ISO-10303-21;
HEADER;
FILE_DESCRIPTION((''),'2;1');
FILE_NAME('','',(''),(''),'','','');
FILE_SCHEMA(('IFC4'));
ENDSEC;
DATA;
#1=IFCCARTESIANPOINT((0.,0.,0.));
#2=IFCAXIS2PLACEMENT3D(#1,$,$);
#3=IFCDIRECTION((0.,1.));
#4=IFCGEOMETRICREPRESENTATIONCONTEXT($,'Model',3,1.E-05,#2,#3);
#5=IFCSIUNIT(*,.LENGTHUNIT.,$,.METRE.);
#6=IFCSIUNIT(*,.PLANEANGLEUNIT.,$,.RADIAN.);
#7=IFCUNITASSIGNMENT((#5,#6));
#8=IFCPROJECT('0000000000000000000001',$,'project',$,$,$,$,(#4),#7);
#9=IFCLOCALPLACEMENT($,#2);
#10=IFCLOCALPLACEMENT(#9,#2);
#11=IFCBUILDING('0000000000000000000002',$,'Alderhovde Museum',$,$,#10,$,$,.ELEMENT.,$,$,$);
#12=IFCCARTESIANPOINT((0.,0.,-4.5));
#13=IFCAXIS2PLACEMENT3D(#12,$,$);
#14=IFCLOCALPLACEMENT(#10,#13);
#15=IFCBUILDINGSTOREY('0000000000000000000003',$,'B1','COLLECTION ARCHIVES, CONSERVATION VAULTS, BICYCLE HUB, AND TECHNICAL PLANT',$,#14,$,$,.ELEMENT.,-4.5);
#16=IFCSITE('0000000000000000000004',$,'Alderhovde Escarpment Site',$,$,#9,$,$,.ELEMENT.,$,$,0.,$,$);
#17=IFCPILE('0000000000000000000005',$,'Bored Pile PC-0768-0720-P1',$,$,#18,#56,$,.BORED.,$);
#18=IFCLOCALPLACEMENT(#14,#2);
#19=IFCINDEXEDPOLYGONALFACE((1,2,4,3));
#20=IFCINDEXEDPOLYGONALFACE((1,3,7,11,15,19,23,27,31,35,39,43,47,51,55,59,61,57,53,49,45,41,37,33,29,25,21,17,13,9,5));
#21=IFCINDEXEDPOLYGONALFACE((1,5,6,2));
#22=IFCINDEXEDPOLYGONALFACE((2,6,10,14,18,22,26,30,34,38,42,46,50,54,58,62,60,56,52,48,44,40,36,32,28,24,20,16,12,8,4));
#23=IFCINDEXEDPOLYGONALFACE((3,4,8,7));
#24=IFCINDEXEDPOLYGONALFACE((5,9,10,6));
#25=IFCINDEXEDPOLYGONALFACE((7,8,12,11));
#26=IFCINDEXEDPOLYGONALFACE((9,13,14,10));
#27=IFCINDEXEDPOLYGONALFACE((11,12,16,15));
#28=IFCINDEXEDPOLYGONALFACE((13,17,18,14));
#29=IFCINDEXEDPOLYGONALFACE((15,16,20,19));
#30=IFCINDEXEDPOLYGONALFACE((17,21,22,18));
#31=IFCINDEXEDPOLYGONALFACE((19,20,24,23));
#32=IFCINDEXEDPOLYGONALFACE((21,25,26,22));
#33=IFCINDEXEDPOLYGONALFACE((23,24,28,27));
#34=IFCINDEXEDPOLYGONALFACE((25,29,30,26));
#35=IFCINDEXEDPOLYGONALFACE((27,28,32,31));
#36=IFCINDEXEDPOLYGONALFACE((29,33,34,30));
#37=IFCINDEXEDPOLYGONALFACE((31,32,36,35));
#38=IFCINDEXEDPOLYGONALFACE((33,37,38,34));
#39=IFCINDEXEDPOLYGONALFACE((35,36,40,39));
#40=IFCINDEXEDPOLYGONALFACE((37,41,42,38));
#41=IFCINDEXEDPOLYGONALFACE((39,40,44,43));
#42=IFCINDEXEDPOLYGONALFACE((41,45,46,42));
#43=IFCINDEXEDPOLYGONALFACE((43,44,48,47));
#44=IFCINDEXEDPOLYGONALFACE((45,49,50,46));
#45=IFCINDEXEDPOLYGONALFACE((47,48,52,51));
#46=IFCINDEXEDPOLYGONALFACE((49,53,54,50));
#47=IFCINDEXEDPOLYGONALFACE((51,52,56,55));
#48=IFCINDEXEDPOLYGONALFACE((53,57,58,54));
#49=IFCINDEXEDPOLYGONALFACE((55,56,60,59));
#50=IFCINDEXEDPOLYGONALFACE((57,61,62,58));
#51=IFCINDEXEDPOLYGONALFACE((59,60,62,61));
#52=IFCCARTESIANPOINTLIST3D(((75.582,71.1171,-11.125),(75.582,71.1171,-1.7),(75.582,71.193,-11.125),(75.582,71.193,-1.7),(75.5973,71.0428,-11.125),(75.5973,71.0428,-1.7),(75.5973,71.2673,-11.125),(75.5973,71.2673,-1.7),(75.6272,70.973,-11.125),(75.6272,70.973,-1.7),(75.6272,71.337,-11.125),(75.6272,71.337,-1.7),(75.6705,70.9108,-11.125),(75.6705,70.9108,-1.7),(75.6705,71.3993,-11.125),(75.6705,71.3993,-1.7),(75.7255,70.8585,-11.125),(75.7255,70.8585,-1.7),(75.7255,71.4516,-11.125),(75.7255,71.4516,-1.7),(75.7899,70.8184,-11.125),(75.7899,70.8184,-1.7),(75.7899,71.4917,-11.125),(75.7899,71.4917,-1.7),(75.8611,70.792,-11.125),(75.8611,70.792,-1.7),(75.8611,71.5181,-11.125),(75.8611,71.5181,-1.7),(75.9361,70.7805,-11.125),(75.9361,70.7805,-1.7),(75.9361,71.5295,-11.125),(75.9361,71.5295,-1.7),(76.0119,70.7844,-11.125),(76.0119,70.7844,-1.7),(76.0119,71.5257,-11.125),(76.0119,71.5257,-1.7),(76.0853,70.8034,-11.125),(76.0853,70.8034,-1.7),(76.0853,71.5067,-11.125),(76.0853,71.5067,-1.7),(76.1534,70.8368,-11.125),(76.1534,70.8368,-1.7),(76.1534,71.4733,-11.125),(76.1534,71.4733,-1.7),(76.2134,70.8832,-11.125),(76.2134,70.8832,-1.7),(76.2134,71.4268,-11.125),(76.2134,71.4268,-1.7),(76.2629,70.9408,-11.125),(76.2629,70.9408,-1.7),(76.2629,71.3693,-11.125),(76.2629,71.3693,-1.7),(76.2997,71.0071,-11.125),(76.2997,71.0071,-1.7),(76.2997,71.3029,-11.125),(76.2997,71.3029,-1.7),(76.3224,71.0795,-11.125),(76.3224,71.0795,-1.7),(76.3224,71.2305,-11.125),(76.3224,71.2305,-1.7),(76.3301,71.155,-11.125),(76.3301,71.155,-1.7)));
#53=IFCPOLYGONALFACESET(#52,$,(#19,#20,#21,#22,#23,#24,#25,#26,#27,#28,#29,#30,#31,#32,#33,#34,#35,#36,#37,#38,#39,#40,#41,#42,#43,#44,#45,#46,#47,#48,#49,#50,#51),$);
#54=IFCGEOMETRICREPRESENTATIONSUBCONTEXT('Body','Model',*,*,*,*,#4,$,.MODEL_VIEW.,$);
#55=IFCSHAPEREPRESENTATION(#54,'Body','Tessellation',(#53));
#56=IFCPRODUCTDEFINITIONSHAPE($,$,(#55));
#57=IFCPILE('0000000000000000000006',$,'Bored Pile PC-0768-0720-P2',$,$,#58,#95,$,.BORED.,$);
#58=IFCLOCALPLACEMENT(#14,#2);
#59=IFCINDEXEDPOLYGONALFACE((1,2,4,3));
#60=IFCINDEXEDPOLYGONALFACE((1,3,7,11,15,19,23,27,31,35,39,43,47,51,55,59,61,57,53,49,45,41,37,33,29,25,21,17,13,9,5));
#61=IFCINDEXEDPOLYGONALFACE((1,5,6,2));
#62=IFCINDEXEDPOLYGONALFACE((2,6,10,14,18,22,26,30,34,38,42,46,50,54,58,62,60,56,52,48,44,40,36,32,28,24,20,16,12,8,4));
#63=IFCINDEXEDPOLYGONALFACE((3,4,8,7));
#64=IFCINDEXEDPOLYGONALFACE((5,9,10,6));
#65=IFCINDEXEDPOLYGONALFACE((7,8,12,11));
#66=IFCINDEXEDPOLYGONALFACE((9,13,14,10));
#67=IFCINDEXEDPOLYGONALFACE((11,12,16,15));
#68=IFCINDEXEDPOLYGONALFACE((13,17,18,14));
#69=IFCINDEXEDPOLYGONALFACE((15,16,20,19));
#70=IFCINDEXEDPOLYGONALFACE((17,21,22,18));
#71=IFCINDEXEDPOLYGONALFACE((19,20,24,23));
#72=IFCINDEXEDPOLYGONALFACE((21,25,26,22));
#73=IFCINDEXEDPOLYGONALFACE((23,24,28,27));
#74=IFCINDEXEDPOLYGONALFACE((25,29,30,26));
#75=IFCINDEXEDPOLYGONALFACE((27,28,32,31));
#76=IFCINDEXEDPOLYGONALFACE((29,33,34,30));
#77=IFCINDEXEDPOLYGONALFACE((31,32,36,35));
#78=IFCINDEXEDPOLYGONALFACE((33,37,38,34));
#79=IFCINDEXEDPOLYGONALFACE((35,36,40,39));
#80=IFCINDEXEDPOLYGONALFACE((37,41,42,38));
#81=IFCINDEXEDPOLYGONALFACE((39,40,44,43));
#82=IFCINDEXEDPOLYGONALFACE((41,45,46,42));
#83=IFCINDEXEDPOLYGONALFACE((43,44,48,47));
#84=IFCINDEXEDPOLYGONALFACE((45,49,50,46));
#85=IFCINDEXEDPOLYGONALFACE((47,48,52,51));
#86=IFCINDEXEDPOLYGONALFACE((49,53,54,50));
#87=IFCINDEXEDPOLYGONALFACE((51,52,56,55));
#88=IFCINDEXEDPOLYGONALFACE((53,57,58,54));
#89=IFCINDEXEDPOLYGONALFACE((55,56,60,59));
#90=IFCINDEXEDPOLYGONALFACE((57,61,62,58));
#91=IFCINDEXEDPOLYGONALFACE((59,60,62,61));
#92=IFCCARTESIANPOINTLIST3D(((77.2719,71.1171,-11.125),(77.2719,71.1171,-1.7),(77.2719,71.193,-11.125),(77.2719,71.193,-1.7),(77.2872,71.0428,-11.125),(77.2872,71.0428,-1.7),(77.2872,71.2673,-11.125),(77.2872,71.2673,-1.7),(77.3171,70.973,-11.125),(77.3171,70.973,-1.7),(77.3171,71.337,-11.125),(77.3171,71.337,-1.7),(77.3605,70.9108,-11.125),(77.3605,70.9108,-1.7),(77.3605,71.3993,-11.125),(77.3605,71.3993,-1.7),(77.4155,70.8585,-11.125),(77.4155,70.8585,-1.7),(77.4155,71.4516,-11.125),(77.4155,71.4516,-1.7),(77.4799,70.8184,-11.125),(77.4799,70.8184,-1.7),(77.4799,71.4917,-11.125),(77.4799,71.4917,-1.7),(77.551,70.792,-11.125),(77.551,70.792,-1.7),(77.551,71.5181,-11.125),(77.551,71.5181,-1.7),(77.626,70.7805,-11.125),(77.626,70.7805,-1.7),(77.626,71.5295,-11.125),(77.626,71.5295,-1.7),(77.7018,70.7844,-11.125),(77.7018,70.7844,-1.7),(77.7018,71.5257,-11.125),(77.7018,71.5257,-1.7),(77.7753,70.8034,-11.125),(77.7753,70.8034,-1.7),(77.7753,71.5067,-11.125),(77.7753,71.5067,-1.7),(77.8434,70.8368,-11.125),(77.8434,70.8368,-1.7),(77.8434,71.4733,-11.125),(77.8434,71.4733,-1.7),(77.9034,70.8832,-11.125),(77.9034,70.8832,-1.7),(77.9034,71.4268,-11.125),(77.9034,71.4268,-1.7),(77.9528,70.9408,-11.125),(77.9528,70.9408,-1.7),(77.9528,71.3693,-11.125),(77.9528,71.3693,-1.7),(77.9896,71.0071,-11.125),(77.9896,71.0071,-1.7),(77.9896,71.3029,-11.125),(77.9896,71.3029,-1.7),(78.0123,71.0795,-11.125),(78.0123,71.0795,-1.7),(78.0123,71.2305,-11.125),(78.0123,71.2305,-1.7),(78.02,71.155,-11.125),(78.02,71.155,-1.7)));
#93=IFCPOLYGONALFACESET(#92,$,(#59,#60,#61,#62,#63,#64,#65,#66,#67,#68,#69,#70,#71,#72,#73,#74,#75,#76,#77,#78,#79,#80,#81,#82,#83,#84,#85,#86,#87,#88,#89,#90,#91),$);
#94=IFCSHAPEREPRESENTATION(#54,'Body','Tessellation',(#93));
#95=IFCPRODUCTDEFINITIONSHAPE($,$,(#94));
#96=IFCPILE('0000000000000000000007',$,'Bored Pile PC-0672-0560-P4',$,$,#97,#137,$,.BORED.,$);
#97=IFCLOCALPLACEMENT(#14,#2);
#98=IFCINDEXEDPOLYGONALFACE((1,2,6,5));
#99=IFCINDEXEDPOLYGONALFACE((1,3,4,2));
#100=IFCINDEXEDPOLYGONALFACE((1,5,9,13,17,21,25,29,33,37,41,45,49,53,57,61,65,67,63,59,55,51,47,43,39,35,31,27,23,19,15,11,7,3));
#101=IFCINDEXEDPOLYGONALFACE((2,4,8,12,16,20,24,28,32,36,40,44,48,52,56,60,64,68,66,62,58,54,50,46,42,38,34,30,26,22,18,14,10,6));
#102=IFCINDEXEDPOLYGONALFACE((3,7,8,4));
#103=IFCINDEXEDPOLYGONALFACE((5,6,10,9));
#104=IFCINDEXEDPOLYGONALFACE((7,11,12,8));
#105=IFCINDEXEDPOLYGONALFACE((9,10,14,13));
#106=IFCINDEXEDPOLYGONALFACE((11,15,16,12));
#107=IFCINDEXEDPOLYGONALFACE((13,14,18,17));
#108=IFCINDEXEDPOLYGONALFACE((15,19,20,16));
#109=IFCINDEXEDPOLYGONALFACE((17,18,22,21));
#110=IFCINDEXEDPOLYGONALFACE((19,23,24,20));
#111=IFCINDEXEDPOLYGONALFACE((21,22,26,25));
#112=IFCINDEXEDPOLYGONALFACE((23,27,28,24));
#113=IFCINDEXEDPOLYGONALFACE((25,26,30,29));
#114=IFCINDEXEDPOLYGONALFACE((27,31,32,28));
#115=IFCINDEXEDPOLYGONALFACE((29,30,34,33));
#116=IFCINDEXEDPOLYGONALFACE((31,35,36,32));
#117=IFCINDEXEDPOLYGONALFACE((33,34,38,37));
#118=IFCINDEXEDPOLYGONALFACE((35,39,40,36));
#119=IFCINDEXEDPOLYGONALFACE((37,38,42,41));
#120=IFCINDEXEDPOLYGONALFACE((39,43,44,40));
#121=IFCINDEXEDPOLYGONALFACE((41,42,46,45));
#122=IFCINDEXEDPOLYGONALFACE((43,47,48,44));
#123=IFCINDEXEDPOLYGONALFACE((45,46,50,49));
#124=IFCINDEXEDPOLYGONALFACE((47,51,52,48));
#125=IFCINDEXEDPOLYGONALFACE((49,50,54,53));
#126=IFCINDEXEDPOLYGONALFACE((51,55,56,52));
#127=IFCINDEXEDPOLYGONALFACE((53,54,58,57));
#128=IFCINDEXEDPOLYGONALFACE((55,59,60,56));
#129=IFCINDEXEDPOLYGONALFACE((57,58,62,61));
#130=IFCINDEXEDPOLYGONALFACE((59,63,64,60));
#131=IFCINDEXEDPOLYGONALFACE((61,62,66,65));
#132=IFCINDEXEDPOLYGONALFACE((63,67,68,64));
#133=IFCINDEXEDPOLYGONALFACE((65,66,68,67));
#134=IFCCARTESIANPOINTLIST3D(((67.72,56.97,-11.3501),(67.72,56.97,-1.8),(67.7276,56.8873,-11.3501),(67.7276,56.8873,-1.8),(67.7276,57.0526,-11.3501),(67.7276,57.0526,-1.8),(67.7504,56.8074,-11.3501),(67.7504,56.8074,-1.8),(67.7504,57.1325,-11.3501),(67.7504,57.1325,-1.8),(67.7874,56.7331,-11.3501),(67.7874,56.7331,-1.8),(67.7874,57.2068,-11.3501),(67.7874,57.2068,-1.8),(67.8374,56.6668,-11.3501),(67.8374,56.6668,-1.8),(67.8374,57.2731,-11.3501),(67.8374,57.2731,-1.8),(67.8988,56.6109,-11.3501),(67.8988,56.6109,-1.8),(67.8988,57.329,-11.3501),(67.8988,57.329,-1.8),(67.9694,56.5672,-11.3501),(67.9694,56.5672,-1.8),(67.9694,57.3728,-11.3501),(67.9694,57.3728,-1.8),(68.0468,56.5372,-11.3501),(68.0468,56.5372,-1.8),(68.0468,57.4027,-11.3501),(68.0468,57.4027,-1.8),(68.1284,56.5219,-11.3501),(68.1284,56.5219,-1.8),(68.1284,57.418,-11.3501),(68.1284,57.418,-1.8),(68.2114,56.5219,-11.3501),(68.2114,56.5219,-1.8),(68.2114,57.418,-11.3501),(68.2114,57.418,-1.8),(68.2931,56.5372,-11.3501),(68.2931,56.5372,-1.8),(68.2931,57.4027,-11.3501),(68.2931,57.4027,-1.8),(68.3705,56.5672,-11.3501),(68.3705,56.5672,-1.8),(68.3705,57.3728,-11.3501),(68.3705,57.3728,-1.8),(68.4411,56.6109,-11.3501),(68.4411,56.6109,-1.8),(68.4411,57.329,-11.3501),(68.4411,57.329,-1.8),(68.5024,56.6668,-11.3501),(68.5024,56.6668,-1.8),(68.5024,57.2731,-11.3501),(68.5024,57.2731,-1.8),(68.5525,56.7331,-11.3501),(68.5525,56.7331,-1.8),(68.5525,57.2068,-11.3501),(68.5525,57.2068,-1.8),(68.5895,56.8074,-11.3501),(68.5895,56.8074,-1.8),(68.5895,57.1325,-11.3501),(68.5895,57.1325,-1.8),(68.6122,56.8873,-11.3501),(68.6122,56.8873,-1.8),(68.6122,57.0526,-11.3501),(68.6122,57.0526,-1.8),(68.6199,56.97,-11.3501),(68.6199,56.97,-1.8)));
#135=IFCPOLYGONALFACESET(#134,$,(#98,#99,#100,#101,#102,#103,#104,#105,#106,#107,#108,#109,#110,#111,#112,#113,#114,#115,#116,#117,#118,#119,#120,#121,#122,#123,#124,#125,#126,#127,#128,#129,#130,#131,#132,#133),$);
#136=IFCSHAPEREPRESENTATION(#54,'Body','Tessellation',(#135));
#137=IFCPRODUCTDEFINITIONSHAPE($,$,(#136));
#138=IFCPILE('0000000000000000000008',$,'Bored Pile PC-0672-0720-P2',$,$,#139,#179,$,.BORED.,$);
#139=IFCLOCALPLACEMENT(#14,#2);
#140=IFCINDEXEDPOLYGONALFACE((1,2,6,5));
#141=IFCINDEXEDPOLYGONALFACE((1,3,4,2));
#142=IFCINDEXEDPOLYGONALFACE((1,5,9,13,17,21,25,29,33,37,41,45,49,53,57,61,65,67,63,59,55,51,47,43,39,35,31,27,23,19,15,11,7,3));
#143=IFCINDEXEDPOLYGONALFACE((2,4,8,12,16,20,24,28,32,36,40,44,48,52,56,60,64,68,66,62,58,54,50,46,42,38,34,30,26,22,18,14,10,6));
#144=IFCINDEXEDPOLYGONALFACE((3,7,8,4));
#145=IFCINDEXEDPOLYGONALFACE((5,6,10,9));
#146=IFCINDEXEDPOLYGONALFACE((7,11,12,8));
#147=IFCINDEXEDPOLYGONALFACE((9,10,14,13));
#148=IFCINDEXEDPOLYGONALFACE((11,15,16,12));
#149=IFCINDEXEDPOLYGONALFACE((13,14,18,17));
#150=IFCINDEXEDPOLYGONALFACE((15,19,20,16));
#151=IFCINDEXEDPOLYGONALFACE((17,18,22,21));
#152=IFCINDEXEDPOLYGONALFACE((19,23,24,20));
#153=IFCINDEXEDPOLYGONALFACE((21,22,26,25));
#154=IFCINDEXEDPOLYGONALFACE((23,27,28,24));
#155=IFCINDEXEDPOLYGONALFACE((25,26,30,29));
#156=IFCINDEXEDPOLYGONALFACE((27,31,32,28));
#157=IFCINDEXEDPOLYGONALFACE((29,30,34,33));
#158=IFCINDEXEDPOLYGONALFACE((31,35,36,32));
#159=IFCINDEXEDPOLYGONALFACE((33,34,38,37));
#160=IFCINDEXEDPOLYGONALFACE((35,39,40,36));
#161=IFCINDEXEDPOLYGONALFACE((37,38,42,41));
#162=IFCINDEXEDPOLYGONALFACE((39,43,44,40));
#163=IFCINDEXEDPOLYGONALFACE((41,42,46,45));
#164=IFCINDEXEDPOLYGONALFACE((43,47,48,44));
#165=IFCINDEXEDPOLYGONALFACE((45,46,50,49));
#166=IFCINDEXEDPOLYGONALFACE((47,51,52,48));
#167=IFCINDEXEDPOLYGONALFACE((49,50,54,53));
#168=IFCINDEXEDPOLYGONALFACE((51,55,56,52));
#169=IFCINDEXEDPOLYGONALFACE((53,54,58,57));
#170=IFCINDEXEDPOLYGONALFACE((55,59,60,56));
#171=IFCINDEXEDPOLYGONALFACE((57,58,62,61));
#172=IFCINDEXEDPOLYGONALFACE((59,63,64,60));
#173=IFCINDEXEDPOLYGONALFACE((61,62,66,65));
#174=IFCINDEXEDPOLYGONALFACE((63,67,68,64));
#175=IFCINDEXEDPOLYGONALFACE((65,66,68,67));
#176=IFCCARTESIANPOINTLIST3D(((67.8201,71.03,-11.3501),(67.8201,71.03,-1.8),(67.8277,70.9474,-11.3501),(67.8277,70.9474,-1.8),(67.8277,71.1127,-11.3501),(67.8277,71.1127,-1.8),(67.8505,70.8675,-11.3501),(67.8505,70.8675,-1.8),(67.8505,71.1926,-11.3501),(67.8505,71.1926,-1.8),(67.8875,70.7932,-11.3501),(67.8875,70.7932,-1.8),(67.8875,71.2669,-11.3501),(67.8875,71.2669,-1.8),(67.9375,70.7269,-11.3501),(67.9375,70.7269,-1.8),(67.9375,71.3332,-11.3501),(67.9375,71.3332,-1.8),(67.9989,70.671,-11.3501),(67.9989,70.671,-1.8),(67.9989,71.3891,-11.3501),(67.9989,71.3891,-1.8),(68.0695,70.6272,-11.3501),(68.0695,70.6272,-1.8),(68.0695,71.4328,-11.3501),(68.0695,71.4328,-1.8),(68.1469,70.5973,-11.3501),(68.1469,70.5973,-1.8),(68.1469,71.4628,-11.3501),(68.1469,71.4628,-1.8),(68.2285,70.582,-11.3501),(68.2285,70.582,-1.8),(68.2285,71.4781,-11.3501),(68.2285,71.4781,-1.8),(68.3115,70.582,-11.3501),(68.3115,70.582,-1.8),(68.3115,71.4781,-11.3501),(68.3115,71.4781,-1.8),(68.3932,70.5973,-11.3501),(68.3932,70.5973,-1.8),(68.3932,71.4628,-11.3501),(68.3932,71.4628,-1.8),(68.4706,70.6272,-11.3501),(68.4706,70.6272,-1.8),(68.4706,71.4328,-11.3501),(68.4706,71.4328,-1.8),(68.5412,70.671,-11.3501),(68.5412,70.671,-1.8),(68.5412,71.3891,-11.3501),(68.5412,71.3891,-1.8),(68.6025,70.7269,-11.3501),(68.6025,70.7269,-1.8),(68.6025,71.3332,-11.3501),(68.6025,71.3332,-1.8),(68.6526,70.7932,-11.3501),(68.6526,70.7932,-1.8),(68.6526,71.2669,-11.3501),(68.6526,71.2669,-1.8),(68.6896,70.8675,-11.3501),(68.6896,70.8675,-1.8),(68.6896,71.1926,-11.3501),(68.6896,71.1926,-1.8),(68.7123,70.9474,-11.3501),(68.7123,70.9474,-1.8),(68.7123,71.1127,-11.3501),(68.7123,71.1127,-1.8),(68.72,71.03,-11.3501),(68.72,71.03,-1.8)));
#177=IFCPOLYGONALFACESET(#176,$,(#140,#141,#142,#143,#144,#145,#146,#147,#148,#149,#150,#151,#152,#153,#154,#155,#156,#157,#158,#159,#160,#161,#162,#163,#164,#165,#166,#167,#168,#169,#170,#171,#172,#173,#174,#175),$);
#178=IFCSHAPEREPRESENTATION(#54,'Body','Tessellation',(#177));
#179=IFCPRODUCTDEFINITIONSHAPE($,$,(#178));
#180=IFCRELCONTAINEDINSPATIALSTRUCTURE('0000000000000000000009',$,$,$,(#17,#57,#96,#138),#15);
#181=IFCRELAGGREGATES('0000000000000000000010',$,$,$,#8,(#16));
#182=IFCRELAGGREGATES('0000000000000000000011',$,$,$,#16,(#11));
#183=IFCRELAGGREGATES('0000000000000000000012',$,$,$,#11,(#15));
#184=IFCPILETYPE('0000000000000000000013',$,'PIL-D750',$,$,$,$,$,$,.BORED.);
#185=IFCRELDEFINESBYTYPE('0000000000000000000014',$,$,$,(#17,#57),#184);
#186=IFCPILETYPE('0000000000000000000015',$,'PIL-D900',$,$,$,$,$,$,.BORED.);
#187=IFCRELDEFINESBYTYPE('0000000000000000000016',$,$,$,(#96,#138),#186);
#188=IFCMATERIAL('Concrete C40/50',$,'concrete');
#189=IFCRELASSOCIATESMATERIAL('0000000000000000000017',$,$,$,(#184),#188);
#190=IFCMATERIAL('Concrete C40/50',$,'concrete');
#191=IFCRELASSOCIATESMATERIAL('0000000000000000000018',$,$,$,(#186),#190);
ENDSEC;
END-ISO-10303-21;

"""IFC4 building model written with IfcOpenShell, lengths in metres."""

from ifc_helpers import new_model, si_unit, direction, frame, origin, origin_2d, place, context, subcontext, project, spatial, circle, extrude, material, material_profile, profile_set, type_object, element, save


model = new_model("IFC4")

# Units and contexts
model_context = context("Model", 3, precision=1e-05, world=origin(), true_north=direction((0.0, 1.0)))
body_context = subcontext(model_context, "Body", "Model", "MODEL_VIEW")
ifc_project = project(units=[si_unit("LENGTHUNIT", "METRE"), si_unit("PLANEANGLEUNIT", "RADIAN")], contexts=[model_context])

# Site, building, storey
site_placement = place(None, origin())
site = spatial("IfcSite", under=ifc_project, at=site_placement, Name="Alderhovde Escarpment Site", CompositionType="ELEMENT", RefElevation=0.0)
building_placement = place(site_placement, origin())
building = spatial("IfcBuilding", under=site, at=building_placement, Name="Alderhovde Museum", CompositionType="ELEMENT")
storey_placement = place(building_placement, frame((0.0, 0.0, -4.5)))
storey = spatial("IfcBuildingStorey", under=building, at=storey_placement, Name="B1", Description="COLLECTION ARCHIVES, CONSERVATION VAULTS, BICYCLE HUB, AND TECHNICAL PLANT", CompositionType="ELEMENT", Elevation=-4.5)

# Piles
ifc_material_1 = material(Name="Concrete C40/50", Category="concrete")
ifc_material_profile_1 = material_profile(ifc_material_1, circle(Radius=0.375, at=origin_2d()), Name="PILE-D750")
ifc_profile_set_1 = profile_set([ifc_material_profile_1], Name="Concrete C40/50")
pile_type_1 = type_object("IfcPileType", Name="PIL-D750", PredefinedType="BORED", material=ifc_profile_set_1)
for number, where, z_axis, x_axis, name in (
    (1, (75.9551, 71.155, -1.7), (0.0, 0.0, -1.0), (1.0, 0.0, 0.0), "Bored Pile PC-0768-0720-P1"),
    (2, (77.645, 71.155, -1.7), (0.0, 0.0, -1.0), (1.0, 0.0, 0.0), "Bored Pile PC-0768-0720-P2"),
):
    element("IfcPile", number, at=place(storey_placement, frame(where, z_axis=z_axis, x_axis=x_axis)), inside=storey, type_object=pile_type_1, Name=name, PredefinedType="BORED", context=body_context, shape_type="SweptSolid", body=[
        extrude(circle(Radius=0.375, at=origin_2d()), origin(), (0.0, 0.0, 1.0), 9.425),
    ])
ifc_material_2 = material(Name="Concrete C40/50", Category="concrete")
ifc_material_profile_2 = material_profile(ifc_material_2, circle(Radius=0.45, at=origin_2d()), Name="PILE-D900")
ifc_profile_set_2 = profile_set([ifc_material_profile_2], Name="Concrete C40/50")
pile_type_2 = type_object("IfcPileType", Name="PIL-D900", PredefinedType="BORED", material=ifc_profile_set_2)
for number, where, z_axis, x_axis, name in (
    (3, (68.1699, 56.97, -1.8), (0.0, 0.0, -1.0), (1.0, 0.0, 0.0), "Bored Pile PC-0672-0560-P4"),
    (4, (68.27, 71.03, -1.8), (0.0, 0.0, -1.0), (1.0, 0.0, 0.0), "Bored Pile PC-0672-0720-P2"),
):
    element("IfcPile", number, at=place(storey_placement, frame(where, z_axis=z_axis, x_axis=x_axis)), inside=storey, type_object=pile_type_2, Name=name, PredefinedType="BORED", context=body_context, shape_type="SweptSolid", body=[
        extrude(circle(Radius=0.45, at=origin_2d()), origin(), (0.0, 0.0, 1.0), 9.55),
    ])

save(model, "model.ifc")
